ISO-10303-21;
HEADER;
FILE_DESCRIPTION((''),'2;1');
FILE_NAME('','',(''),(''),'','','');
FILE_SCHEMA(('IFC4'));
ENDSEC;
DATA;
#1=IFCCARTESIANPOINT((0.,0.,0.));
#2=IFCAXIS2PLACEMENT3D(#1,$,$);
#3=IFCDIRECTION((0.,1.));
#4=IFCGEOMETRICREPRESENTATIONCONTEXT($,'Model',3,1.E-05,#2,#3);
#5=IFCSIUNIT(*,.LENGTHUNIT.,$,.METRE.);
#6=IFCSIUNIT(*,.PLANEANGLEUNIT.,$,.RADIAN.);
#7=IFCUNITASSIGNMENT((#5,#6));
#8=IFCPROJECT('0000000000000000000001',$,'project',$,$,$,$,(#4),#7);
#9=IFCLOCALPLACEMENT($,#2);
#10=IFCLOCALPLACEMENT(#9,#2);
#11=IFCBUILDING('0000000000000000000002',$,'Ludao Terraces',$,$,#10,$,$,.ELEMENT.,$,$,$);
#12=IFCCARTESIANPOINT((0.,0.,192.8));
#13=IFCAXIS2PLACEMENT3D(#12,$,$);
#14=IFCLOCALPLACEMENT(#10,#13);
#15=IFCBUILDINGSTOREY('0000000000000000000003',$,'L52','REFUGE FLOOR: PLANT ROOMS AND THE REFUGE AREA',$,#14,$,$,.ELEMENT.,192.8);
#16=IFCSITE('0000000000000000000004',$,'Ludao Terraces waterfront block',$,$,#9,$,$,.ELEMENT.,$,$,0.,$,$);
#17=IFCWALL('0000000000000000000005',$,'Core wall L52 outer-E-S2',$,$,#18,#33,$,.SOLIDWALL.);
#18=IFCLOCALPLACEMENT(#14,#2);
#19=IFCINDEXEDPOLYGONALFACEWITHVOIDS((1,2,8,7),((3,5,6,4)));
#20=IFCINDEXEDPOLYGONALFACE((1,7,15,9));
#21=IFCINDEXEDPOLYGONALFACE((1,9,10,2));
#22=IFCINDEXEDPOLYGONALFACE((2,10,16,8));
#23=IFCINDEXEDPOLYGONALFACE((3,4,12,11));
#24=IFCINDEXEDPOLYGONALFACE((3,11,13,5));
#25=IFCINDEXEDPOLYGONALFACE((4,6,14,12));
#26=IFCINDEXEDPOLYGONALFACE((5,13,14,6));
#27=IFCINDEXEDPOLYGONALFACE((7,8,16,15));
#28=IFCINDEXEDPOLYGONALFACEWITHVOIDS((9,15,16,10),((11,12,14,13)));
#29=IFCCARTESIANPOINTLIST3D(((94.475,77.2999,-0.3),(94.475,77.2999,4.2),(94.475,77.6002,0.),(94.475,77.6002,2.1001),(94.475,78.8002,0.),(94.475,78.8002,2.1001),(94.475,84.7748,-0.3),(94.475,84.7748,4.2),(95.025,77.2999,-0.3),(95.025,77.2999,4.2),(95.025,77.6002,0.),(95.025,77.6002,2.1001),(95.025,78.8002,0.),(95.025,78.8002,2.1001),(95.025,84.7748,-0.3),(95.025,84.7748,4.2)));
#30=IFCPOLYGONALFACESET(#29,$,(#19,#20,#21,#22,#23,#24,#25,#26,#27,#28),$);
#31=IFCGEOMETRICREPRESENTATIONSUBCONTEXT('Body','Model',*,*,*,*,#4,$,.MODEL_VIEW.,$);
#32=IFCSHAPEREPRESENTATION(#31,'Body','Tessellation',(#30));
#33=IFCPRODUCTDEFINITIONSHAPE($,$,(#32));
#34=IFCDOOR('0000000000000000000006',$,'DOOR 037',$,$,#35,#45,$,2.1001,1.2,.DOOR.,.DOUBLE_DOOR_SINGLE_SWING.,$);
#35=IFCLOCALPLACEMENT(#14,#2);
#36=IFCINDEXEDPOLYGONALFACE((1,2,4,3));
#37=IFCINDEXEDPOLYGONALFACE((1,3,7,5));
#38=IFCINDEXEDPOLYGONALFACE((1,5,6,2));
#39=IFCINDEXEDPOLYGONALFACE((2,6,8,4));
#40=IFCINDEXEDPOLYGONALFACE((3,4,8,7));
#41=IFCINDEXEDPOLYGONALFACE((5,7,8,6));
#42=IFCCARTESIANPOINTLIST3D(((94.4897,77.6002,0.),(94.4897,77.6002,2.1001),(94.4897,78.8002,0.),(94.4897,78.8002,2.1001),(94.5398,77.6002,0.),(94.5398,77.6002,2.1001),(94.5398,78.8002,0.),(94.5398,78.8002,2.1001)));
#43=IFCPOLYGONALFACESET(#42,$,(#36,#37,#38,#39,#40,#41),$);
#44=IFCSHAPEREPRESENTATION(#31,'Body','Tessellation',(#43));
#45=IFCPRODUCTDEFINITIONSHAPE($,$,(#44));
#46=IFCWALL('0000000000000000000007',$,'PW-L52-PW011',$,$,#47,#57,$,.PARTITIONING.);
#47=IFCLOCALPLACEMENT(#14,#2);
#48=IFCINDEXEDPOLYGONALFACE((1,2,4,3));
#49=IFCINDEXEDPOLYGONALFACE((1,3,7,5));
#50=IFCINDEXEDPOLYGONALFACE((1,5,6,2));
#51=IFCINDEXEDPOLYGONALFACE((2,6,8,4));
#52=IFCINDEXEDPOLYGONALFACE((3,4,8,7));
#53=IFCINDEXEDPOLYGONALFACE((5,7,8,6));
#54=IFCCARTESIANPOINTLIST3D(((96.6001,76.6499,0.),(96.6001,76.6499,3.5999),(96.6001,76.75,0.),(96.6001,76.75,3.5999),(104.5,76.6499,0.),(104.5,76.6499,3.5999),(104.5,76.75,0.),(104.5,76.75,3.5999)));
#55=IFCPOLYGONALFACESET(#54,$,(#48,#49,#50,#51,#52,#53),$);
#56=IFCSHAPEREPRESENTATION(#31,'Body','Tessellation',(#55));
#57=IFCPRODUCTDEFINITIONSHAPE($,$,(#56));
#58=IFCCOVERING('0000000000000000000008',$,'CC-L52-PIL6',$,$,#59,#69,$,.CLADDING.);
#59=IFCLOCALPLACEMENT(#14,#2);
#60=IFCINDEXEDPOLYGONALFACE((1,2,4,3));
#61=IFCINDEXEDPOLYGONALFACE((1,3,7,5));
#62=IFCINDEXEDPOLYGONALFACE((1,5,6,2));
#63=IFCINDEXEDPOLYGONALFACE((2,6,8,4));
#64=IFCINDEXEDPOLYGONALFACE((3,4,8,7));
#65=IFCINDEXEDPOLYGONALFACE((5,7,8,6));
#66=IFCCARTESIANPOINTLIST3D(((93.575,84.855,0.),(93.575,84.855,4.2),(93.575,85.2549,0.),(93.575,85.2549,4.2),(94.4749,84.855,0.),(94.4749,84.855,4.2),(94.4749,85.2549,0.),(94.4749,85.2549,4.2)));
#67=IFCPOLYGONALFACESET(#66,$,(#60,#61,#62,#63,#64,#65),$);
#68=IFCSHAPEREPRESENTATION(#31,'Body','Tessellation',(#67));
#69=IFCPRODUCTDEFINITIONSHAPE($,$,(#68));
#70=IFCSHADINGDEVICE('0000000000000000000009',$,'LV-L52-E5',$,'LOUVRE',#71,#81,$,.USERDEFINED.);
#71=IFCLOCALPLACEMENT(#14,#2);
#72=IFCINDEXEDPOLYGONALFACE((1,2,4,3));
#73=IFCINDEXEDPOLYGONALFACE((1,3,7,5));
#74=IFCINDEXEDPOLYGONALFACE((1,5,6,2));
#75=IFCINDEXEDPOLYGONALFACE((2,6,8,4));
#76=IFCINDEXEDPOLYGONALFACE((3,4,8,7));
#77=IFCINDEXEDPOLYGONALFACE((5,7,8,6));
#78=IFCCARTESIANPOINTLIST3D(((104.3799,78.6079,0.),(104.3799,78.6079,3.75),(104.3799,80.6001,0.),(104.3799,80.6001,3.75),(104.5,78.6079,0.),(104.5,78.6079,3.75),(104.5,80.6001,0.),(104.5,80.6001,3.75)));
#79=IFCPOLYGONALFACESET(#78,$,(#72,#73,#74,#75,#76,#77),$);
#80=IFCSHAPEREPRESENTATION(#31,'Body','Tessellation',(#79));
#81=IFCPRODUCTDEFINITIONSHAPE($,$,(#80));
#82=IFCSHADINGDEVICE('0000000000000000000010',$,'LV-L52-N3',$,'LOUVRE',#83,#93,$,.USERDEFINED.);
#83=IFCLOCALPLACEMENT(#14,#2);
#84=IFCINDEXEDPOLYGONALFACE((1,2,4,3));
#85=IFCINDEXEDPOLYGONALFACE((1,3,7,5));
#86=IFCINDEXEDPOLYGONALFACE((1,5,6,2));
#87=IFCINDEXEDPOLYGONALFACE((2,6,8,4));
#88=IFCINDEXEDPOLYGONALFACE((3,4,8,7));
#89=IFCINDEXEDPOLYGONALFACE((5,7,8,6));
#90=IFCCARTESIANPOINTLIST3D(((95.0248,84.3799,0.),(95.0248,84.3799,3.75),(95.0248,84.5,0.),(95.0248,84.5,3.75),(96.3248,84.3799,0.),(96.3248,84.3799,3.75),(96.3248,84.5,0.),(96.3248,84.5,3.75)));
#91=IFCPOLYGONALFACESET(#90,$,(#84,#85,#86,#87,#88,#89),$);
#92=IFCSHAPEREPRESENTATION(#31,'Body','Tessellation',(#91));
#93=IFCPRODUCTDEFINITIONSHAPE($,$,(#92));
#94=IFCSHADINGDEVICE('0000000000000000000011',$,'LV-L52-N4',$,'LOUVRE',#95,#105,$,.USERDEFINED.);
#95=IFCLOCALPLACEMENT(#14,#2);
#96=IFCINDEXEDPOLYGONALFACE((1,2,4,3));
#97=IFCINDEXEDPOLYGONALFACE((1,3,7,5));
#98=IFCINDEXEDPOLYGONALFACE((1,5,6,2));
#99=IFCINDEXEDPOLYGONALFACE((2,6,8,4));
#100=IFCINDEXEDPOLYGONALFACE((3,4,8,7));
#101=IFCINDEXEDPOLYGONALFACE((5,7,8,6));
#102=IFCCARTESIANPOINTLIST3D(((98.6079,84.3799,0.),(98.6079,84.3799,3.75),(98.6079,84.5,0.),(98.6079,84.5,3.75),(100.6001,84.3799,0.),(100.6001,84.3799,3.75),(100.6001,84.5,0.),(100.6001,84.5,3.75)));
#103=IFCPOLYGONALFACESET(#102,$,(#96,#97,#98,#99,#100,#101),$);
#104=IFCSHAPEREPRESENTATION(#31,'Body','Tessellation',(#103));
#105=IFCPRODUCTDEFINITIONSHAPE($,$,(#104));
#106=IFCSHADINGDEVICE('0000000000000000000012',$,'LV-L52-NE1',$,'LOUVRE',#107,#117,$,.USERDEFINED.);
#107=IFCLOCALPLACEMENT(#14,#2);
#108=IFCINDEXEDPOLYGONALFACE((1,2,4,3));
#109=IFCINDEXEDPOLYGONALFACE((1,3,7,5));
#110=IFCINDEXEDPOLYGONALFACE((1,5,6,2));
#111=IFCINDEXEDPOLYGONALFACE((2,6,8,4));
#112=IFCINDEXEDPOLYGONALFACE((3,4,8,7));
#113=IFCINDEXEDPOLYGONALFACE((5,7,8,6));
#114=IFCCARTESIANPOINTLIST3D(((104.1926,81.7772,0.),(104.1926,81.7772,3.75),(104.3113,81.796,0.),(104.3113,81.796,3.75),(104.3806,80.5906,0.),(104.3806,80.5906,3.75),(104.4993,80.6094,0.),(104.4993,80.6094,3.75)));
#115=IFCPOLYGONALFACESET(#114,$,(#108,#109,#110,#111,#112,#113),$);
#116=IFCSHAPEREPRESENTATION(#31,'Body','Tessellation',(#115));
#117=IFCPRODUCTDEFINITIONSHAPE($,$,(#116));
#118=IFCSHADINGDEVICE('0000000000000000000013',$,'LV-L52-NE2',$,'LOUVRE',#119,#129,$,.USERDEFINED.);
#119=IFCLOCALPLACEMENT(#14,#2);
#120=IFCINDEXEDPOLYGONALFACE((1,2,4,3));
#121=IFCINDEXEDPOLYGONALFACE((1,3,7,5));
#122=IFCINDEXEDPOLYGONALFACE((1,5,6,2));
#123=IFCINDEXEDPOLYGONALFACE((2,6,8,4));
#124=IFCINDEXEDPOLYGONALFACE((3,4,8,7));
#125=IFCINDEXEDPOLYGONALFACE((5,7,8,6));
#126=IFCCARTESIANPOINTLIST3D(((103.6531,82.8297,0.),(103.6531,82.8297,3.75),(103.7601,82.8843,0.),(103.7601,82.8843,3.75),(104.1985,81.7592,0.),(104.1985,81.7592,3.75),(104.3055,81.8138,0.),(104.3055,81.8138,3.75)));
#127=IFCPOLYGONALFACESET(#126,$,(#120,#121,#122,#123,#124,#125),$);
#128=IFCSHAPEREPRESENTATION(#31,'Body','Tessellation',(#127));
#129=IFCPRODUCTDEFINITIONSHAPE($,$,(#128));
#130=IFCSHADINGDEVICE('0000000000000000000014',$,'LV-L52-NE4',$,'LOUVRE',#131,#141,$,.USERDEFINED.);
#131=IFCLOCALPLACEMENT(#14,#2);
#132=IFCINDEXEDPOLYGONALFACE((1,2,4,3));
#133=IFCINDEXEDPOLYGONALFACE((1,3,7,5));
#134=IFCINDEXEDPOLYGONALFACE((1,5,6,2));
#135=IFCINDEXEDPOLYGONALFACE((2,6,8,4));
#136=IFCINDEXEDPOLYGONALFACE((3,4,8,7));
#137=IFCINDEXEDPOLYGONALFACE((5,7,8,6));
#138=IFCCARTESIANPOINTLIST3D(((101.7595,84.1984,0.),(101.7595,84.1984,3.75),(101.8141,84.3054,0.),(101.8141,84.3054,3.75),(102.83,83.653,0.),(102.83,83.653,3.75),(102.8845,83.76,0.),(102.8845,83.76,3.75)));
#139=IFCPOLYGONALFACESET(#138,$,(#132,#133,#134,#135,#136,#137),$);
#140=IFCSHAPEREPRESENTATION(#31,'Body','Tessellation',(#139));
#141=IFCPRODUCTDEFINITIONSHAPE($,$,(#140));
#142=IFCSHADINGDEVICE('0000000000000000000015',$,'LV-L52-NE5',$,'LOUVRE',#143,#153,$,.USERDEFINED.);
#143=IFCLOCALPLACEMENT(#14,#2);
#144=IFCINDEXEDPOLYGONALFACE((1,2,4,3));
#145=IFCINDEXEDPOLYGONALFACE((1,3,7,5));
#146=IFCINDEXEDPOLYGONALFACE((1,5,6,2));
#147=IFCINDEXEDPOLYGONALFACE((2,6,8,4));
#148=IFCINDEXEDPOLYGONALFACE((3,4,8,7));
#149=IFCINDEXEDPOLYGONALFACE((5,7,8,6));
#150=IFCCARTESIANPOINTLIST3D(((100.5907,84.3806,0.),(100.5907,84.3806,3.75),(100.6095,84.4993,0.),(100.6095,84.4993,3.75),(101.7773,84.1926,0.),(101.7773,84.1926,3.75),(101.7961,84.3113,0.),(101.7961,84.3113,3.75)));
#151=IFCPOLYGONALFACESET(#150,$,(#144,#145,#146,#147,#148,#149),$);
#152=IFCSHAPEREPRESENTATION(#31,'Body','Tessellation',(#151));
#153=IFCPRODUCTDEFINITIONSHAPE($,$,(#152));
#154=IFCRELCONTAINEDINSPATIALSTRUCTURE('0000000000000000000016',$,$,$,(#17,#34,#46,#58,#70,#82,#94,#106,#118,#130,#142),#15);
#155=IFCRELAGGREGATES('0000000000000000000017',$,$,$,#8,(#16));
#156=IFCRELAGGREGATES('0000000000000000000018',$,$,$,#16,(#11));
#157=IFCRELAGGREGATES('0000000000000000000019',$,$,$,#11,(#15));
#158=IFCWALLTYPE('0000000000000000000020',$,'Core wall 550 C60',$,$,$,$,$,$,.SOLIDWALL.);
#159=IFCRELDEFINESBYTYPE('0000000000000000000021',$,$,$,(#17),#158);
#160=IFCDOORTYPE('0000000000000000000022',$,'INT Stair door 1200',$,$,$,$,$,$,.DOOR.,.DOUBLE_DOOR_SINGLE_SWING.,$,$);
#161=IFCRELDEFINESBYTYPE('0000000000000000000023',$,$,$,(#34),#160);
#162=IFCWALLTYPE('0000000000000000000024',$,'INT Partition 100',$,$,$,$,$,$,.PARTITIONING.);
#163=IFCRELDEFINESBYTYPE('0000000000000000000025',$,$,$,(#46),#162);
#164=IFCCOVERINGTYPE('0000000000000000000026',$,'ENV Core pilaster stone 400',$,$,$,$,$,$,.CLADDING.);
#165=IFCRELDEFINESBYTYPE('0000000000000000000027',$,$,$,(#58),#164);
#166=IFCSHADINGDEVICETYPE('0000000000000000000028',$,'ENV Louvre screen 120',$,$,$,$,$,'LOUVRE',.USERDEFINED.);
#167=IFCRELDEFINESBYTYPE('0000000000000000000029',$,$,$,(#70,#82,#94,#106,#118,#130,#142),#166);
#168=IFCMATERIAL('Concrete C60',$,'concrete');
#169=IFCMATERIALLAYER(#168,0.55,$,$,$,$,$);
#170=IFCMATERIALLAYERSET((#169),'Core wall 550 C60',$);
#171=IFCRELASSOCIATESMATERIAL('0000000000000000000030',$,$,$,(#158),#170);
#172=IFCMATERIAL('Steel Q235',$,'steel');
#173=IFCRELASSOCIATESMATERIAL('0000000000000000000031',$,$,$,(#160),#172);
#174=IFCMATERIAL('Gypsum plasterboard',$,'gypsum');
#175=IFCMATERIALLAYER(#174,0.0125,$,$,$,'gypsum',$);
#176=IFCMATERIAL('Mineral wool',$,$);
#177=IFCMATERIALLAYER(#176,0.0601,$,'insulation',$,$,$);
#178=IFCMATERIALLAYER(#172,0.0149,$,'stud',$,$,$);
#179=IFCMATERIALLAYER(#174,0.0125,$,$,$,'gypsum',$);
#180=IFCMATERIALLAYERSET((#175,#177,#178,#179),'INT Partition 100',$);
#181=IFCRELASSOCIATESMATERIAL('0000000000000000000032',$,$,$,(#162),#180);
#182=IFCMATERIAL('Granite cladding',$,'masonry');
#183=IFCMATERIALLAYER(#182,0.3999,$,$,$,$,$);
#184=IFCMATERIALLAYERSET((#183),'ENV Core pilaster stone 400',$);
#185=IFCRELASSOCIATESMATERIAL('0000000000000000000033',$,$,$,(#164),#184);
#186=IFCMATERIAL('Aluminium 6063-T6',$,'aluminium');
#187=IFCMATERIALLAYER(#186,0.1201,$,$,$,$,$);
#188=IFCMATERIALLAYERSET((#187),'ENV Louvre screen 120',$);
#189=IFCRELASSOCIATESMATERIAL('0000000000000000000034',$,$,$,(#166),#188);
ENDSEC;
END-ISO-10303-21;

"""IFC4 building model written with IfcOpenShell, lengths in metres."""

from ifc_helpers import new_model, si_unit, direction, frame, frame_2d, origin, origin_2d, place, context, subcontext, project, spatial, rectangle, extrude, material, layer, layer_set, type_object, element, fill, save


model = new_model("IFC4")

# Units and contexts
model_context = context("Model", 3, precision=1e-05, world=origin(), true_north=direction((0.0, 1.0)))
body_context = subcontext(model_context, "Body", "Model", "MODEL_VIEW")
ifc_project = project(units=[si_unit("LENGTHUNIT", "METRE"), si_unit("PLANEANGLEUNIT", "RADIAN")], contexts=[model_context])

# Site, building, storey
site_placement = place(None, origin())
site = spatial("IfcSite", under=ifc_project, at=site_placement, Name="Ludao Terraces waterfront block", CompositionType="ELEMENT", RefElevation=0.0)
building_placement = place(site_placement, origin())
building = spatial("IfcBuilding", under=site, at=building_placement, Name="Ludao Terraces", CompositionType="ELEMENT")
storey_placement = place(building_placement, frame((0.0, 0.0, 192.8)))
storey = spatial("IfcBuildingStorey", under=building, at=storey_placement, Name="L52", Description="REFUGE FLOOR: PLANT ROOMS AND THE REFUGE AREA", CompositionType="ELEMENT", Elevation=192.8)

# Shared definitions
ifc_material_1 = material(Name="Concrete C60", Category="concrete")

# Wall, opening, door
ifc_layer_1 = layer(ifc_material_1, 0.55)
ifc_layer_set_1 = layer_set([ifc_layer_1], Name="Core wall 550 C60")
wall_type_1 = type_object("IfcWallType", Name="Core wall 550 C60", PredefinedType="SOLIDWALL", material=ifc_layer_set_1)
wall_1_placement = place(storey_placement, frame((94.75, 77.3, -0.3), z_axis=(0.0, 0.0, 1.0), x_axis=(0.0, 1.0, 0.0)))
wall_1 = element("IfcWall", 1, at=wall_1_placement, inside=storey, type_object=wall_type_1, Name="Core wall L52 outer-E-S2", PredefinedType="SOLIDWALL", context=body_context, shape_type="SweptSolid", body=[
    extrude(rectangle(XDim=7.4749, YDim=0.55, at=frame_2d((3.7373, 0.0))), origin(), (0.0, 0.0, 1.0), 4.5),
])
opening_placement = place(wall_1_placement, frame((0.3, 0.0, 0.3)))
opening = element("IfcOpeningElement", 2, at=opening_placement, cuts=wall_1, PredefinedType="OPENING", context=body_context, shape_type="SweptSolid", body=[
    extrude(rectangle(XDim=1.2, YDim=2.1001, at=frame_2d((0.6001, 1.05))), frame((0.0, 0.2852, 0.0), z_axis=(0.0, -1.0, 0.0), x_axis=(1.0, 0.0, 0.0)), (0.0, 0.0, 1.0), 0.5701),
])
ifc_material_2 = material(Name="Steel Q235", Category="steel")
door_type = type_object("IfcDoorType", Name="INT Stair door 1200", OperationType="DOUBLE_DOOR_SINGLE_SWING", PredefinedType="DOOR", material=ifc_material_2)
door_placement = place(opening_placement, origin())
door = element("IfcDoor", 3, at=door_placement, inside=storey, type_object=door_type, Name="DOOR 037", OperationType="DOUBLE_DOOR_SINGLE_SWING", OverallHeight=2.1001, OverallWidth=1.2, PredefinedType="DOOR", context=body_context, shape_type="SweptSolid", body=[
    extrude(rectangle(XDim=1.2, YDim=2.1001, at=frame_2d((0.6001, 1.05))), frame((0.0, 0.2603, 0.0), z_axis=(0.0, -1.0, 0.0), x_axis=(1.0, 0.0, 0.0)), (0.0, 0.0, 1.0), 0.05),
])
fill(opening, door)

# Wall
ifc_material_3 = material(Name="Gypsum plasterboard", Category="gypsum")
ifc_layer_2 = layer(ifc_material_3, 0.0125, Category="gypsum")
ifc_material_4 = material(Name="Mineral wool")
ifc_layer_3 = layer(ifc_material_4, 0.0601, Name="insulation")
ifc_layer_4 = layer(ifc_material_2, 0.0149, Name="stud")
ifc_layer_5 = layer(ifc_material_3, 0.0125, Category="gypsum")
ifc_layer_set_2 = layer_set([ifc_layer_2, ifc_layer_3, ifc_layer_4, ifc_layer_5], Name="INT Partition 100")
wall_type_2 = type_object("IfcWallType", Name="INT Partition 100", PredefinedType="PARTITIONING", material=ifc_layer_set_2)
wall_2_placement = place(storey_placement, frame((96.6001, 76.7, 0.0), z_axis=(0.0, 0.0, 1.0), x_axis=(1.0, 0.0, 0.0)))
element("IfcWall", 4, at=wall_2_placement, inside=storey, type_object=wall_type_2, Name="PW-L52-PW011", PredefinedType="PARTITIONING", context=body_context, shape_type="SweptSolid", body=[
    extrude(rectangle(XDim=7.8999, YDim=0.1001, at=frame_2d((3.95, 0.0))), origin(), (0.0, 0.0, 1.0), 3.5999),
])

# Covering
ifc_material_5 = material(Name="Granite cladding", Category="masonry")
ifc_layer_6 = layer(ifc_material_5, 0.3999)
ifc_layer_set_3 = layer_set([ifc_layer_6], Name="ENV Core pilaster stone 400")
covering_type = type_object("IfcCoveringType", Name="ENV Core pilaster stone 400", PredefinedType="CLADDING", material=ifc_layer_set_3)
covering_placement = place(storey_placement, frame((94.0249, 85.0549, 0.0), z_axis=(0.0, 0.0, 1.0), x_axis=(1.0, 0.0, 0.0)))
element("IfcCovering", 5, at=covering_placement, inside=storey, type_object=covering_type, Name="CC-L52-PIL6", PredefinedType="CLADDING", context=body_context, shape_type="SweptSolid", body=[
    extrude(rectangle(XDim=0.8999, YDim=0.3999, at=origin_2d()), origin(), (0.0, 0.0, 1.0), 4.2),
])

# Shading devices
ifc_material_6 = material(Name="Aluminium 6063-T6", Category="aluminium")
ifc_layer_7 = layer(ifc_material_6, 0.1201)
ifc_layer_set_4 = layer_set([ifc_layer_7], Name="ENV Louvre screen 120")
shading_device_type = type_object("IfcShadingDeviceType", Name="ENV Louvre screen 120", ElementType="LOUVRE", PredefinedType="USERDEFINED", material=ifc_layer_set_4)
shading_device_1_placement = place(storey_placement, frame((104.4399, 78.6079, 0.0), z_axis=(0.0, 0.0, 1.0), x_axis=(0.0, 1.0, 0.0)))
element("IfcShadingDevice", 6, at=shading_device_1_placement, inside=storey, type_object=shading_device_type, Name="LV-L52-E5", ObjectType="LOUVRE", PredefinedType="USERDEFINED", context=body_context, shape_type="SweptSolid", body=[
    extrude(rectangle(XDim=1.9922, YDim=0.1201, at=frame_2d((0.9961, 0.0))), origin(), (0.0, 0.0, 1.0), 3.75),
])
shading_device_2_placement = place(storey_placement, frame((95.0249, 84.4399, 0.0), z_axis=(0.0, 0.0, 1.0), x_axis=(1.0, 0.0, 0.0)))
element("IfcShadingDevice", 7, at=shading_device_2_placement, inside=storey, type_object=shading_device_type, Name="LV-L52-N3", ObjectType="LOUVRE", PredefinedType="USERDEFINED", context=body_context, shape_type="SweptSolid", body=[
    extrude(rectangle(XDim=1.3, YDim=0.1201, at=frame_2d((0.6499, 0.0))), origin(), (0.0, 0.0, 1.0), 3.75),
])
shading_device_3_placement = place(storey_placement, frame((98.6079, 84.4399, 0.0), z_axis=(0.0, 0.0, 1.0), x_axis=(1.0, 0.0, 0.0)))
element("IfcShadingDevice", 8, at=shading_device_3_placement, inside=storey, type_object=shading_device_type, Name="LV-L52-N4", ObjectType="LOUVRE", PredefinedType="USERDEFINED", context=body_context, shape_type="SweptSolid", body=[
    extrude(rectangle(XDim=1.9922, YDim=0.1201, at=frame_2d((0.9961, 0.0))), origin(), (0.0, 0.0, 1.0), 3.75),
])
for number, where, z_axis, x_axis, name in (
    (9, (104.4399, 80.6001, 0.0), (0.0, 0.0, 1.0), (-0.156484, 0.98768, 0.0), "LV-L52-NE1"),
    (10, (104.252, 81.7866, 0.0), (0.0, 0.0, 1.0), (-0.453947, 0.891029, 0.0), "LV-L52-NE2"),
    (11, (102.8572, 83.7065, 0.0), (0.0, 0.0, 1.0), (-0.891029, 0.453947, 0.0), "LV-L52-NE4"),
    (12, (101.7866, 84.252, 0.0), (0.0, 0.0, 1.0), (-0.98768, 0.156484, 0.0), "LV-L52-NE5"),
):
    element("IfcShadingDevice", number, at=place(storey_placement, frame(where, z_axis=z_axis, x_axis=x_axis)), inside=storey, type_object=shading_device_type, Name=name, ObjectType="LOUVRE", PredefinedType="USERDEFINED", context=body_context, shape_type="SweptSolid", body=[
        extrude(rectangle(XDim=1.2014, YDim=0.1201, at=frame_2d((0.6006, 0.0))), origin(), (0.0, 0.0, 1.0), 3.75),
    ])

save(model, "model.ifc")
